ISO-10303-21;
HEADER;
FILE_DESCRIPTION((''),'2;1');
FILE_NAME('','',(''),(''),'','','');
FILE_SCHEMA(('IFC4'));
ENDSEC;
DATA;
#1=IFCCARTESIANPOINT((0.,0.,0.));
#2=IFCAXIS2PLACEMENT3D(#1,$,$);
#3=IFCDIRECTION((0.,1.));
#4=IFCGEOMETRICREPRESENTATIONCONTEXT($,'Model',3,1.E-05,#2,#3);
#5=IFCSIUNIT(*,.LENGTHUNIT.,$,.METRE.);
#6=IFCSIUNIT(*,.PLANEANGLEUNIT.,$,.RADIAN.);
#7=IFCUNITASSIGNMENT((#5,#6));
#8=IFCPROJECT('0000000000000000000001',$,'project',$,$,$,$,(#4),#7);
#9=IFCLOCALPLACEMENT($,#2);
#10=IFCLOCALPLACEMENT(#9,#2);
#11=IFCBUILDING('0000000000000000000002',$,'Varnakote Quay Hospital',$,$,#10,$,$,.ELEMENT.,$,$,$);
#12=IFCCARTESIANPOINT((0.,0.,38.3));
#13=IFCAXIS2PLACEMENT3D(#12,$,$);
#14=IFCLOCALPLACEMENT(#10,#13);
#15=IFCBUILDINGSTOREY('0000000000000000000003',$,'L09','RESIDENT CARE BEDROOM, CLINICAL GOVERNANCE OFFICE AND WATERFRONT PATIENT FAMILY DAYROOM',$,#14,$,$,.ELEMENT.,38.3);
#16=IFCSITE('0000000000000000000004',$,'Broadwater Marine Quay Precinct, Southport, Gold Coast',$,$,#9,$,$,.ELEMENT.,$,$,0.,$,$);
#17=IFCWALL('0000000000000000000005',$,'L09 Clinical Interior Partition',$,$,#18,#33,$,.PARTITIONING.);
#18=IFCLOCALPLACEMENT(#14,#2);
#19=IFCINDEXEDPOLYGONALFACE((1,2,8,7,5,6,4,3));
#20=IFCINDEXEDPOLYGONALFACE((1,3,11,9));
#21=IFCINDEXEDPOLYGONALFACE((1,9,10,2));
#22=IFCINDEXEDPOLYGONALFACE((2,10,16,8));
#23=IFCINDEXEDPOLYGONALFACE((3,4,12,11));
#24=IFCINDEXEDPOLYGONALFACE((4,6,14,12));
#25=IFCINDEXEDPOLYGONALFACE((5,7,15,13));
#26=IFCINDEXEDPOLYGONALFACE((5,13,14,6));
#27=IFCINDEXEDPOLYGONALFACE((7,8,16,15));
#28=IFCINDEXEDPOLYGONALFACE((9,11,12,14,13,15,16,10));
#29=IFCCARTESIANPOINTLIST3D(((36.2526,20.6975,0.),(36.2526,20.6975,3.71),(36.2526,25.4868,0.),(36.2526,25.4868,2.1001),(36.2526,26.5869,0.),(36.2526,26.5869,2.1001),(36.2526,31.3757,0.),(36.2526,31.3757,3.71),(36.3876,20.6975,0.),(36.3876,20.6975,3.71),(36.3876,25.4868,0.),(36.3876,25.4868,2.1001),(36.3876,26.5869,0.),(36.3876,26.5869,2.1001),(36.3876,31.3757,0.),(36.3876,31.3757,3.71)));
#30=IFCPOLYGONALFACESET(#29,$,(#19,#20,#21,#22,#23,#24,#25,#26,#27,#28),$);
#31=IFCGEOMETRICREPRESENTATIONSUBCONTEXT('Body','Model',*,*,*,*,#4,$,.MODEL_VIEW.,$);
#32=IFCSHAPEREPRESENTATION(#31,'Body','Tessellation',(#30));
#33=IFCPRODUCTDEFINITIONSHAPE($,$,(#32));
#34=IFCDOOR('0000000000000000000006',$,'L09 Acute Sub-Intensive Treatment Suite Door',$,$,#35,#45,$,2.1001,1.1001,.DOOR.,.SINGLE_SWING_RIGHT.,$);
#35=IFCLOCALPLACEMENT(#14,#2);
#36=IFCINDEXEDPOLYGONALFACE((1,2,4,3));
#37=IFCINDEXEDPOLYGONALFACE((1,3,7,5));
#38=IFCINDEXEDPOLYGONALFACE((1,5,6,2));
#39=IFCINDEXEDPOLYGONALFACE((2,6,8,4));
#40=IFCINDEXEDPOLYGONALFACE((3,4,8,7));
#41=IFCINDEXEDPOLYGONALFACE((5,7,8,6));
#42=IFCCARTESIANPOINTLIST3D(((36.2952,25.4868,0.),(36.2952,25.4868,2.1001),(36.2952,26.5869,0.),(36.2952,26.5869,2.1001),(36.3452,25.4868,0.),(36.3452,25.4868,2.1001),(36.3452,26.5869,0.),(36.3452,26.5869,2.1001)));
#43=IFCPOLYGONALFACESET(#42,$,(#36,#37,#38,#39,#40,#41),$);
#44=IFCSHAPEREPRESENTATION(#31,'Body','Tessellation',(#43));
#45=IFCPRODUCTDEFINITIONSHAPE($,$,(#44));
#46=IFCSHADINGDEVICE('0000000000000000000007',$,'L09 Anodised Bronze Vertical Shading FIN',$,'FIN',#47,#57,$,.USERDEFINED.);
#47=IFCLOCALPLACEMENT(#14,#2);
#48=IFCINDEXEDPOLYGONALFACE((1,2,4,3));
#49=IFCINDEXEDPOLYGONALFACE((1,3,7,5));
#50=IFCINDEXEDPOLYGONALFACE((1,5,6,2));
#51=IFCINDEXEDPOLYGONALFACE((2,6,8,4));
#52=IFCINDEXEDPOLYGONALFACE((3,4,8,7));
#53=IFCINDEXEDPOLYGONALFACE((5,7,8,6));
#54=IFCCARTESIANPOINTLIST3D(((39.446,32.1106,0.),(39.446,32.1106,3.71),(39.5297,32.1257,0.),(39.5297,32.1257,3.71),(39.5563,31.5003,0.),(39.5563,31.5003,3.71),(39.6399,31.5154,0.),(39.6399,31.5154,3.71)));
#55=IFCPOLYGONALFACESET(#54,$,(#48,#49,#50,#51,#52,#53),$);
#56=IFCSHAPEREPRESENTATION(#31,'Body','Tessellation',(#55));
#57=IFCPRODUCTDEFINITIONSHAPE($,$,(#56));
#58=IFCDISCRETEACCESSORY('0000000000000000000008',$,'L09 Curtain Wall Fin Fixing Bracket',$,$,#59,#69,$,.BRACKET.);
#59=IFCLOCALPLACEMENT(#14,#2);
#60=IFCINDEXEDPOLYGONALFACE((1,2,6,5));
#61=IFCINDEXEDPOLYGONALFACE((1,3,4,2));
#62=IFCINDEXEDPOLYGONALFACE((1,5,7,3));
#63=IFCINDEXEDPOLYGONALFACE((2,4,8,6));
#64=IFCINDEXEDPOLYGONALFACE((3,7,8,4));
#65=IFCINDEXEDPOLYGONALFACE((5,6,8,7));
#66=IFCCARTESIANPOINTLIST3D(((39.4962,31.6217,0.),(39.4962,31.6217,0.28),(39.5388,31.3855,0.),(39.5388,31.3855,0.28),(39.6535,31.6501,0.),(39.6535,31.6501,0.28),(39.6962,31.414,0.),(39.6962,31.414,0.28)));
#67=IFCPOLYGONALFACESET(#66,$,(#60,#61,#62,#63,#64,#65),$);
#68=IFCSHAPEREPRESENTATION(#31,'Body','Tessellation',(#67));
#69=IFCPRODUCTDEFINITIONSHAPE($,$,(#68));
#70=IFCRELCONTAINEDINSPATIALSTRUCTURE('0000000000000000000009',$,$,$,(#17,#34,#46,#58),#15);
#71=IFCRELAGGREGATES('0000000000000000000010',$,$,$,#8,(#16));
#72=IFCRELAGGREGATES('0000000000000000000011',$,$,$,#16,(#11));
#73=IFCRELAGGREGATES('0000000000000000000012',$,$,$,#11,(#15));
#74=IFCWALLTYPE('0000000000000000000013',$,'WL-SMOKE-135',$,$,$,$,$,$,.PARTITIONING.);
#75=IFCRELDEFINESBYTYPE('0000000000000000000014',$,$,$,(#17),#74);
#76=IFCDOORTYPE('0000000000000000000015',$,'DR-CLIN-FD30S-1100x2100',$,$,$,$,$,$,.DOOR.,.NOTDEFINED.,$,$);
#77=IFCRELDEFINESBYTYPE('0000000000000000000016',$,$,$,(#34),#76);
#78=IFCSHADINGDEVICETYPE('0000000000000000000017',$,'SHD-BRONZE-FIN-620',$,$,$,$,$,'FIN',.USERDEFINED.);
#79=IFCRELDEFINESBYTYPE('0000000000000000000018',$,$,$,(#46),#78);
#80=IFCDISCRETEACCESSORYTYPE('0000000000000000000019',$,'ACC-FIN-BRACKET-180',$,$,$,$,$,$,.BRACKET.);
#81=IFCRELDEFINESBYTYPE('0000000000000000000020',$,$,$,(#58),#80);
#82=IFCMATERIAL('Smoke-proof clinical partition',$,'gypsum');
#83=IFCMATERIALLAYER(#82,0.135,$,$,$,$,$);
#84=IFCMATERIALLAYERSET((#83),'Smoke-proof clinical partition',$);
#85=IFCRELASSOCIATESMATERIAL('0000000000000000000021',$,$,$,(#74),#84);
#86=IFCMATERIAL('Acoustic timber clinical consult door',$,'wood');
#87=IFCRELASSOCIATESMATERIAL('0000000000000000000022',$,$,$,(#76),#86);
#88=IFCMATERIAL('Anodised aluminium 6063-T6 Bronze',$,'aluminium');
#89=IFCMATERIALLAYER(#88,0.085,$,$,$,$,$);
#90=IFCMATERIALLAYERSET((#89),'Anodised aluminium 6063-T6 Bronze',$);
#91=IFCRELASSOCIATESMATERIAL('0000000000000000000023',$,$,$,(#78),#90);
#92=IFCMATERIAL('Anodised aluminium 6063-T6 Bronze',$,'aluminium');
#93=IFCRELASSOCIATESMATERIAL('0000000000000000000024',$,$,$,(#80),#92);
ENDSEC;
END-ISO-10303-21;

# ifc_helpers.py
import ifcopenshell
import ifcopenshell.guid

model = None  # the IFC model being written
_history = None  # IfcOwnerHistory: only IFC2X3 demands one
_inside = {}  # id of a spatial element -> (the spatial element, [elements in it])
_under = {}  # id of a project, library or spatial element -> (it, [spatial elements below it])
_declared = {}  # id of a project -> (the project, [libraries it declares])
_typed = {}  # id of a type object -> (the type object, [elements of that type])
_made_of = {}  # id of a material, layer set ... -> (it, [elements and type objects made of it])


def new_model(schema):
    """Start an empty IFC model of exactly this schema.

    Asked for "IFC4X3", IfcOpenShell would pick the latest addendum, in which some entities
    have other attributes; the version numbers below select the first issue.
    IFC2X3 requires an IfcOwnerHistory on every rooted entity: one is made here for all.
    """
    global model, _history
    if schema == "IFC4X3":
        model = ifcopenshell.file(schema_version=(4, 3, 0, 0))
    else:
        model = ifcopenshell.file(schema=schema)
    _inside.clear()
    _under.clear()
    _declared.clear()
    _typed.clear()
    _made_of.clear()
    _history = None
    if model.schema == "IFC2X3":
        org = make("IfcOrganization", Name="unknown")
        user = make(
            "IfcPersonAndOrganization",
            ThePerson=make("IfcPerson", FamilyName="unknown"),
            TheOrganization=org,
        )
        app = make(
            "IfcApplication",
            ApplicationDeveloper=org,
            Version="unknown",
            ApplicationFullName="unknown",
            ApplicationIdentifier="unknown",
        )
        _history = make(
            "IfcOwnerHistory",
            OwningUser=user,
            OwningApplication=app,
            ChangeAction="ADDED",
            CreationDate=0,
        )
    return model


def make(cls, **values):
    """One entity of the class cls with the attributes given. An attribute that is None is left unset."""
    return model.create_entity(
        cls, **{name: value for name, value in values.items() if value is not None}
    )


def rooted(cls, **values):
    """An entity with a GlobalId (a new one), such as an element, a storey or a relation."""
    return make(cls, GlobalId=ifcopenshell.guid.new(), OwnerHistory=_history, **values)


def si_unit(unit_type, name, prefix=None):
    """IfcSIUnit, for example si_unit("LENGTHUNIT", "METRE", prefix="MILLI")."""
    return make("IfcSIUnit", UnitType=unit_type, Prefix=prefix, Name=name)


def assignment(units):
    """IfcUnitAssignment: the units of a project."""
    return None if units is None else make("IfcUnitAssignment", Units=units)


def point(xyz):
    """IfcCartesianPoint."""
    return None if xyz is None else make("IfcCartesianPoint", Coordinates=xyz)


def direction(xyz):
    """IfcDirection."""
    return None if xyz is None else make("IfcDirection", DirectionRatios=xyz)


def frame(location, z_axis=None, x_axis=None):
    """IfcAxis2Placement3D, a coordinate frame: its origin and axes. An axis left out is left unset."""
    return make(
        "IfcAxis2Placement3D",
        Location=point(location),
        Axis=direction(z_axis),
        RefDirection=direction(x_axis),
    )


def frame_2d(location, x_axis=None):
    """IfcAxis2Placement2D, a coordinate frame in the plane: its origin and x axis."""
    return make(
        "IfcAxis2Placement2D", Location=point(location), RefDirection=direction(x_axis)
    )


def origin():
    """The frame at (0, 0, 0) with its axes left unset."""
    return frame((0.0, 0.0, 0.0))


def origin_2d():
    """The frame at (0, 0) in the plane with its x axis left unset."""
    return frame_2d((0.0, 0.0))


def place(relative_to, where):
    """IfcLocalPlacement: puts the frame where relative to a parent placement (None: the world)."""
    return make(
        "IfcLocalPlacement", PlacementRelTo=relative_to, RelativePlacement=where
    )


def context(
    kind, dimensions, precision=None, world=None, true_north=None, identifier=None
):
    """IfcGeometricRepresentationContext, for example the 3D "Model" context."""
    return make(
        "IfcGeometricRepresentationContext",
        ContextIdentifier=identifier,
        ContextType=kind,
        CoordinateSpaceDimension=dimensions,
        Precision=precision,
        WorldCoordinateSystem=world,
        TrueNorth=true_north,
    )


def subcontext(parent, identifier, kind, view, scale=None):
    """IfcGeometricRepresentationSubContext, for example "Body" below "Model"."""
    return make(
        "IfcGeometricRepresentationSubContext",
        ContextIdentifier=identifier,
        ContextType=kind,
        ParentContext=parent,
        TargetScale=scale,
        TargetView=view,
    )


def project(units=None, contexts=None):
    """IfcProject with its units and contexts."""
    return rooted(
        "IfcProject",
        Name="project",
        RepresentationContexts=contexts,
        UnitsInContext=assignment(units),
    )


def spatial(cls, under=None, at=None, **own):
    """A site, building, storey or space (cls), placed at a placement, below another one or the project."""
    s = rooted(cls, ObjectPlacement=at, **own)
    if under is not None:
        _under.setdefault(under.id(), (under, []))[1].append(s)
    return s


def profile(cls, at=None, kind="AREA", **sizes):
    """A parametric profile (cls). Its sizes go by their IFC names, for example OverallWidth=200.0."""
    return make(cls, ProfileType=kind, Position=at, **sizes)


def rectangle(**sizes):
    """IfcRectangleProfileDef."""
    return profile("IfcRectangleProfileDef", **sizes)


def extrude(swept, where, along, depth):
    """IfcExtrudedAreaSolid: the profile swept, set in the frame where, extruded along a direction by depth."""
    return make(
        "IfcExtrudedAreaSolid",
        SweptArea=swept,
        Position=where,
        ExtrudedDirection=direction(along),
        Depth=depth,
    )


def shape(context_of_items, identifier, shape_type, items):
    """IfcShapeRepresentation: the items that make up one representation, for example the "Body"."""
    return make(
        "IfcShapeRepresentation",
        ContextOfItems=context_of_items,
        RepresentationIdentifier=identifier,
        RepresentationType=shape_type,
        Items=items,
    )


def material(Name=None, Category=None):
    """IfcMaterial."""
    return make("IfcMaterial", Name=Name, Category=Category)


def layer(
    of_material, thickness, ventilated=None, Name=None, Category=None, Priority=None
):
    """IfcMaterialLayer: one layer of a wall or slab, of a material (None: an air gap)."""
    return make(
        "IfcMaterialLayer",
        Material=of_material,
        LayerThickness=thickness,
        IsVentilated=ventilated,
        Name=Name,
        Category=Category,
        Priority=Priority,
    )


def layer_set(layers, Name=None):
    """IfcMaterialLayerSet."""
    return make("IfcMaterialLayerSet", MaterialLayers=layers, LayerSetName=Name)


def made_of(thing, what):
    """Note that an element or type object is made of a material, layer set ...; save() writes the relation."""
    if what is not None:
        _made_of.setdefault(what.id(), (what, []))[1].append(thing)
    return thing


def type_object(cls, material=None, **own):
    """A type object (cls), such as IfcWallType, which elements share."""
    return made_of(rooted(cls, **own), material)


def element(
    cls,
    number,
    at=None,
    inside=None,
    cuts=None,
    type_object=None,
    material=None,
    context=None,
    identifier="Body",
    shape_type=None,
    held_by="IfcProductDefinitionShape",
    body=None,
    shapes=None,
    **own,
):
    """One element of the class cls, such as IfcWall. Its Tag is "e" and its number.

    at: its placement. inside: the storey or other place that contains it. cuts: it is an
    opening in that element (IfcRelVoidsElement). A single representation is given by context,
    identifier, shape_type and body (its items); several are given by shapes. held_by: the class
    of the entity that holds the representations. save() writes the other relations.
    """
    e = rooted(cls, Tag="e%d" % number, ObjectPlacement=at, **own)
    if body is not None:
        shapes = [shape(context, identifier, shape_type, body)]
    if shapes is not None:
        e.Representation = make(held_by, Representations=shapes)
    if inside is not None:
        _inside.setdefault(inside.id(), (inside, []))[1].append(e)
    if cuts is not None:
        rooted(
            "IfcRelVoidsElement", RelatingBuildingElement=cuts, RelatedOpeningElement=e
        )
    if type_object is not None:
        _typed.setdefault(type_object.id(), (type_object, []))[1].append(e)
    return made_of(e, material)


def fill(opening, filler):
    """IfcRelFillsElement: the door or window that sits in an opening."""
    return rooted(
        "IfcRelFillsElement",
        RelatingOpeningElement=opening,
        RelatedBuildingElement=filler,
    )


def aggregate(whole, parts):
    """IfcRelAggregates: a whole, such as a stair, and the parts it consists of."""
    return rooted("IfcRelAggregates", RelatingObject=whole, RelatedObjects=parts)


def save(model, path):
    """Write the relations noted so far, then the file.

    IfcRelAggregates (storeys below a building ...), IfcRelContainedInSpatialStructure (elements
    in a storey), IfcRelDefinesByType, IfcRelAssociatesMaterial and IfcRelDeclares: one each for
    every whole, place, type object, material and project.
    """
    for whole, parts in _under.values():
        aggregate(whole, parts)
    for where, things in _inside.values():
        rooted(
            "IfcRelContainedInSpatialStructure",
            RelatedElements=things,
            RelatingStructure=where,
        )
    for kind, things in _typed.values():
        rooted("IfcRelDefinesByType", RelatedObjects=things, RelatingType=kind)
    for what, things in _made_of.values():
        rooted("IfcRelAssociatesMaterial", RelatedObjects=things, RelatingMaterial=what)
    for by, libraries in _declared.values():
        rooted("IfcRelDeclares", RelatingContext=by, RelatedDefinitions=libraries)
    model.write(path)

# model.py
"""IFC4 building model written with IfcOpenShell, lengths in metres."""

from ifc_helpers import new_model, si_unit, direction, frame, frame_2d, origin, origin_2d, place, context, subcontext, project, spatial, rectangle, extrude, material, layer, layer_set, type_object, element, fill, save


model = new_model("IFC4")

# Units and contexts
model_context = context("Model", 3, precision=1e-05, world=origin(), true_north=direction((0.0, 1.0)))
body_context = subcontext(model_context, "Body", "Model", "MODEL_VIEW")
ifc_project = project(units=[si_unit("LENGTHUNIT", "METRE"), si_unit("PLANEANGLEUNIT", "RADIAN")], contexts=[model_context])

# Site, building, storey
site_placement = place(None, origin())
site = spatial("IfcSite", under=ifc_project, at=site_placement, Name="Broadwater Marine Quay Precinct, Southport, Gold Coast", CompositionType="ELEMENT", RefElevation=0.0)
building_placement = place(site_placement, origin())
building = spatial("IfcBuilding", under=site, at=building_placement, Name="Varnakote Quay Hospital", CompositionType="ELEMENT")
storey_placement = place(building_placement, frame((0.0, 0.0, 38.3)))
storey = spatial("IfcBuildingStorey", under=building, at=storey_placement, Name="L09", Description="RESIDENT CARE BEDROOM, CLINICAL GOVERNANCE OFFICE AND WATERFRONT PATIENT FAMILY DAYROOM", CompositionType="ELEMENT", Elevation=38.3)

# Shared definitions
ifc_material_1 = material(Name="Smoke-proof clinical partition", Category="gypsum")
ifc_layer_1 = layer(ifc_material_1, 0.135)
ifc_layer_set_1 = layer_set([ifc_layer_1], Name="Smoke-proof clinical partition")
wall_type_1 = type_object("IfcWallType", Name="WL-SMOKE-135", PredefinedType="PARTITIONING", material=ifc_layer_set_1)

# Wall, opening, door
wall_1_placement = place(storey_placement, frame((36.3201, 20.6975, 0.0), z_axis=(0.0, 0.0, 1.0), x_axis=(0.0, 1.0, 0.0)))
wall_1 = element("IfcWall", 1, at=wall_1_placement, inside=storey, type_object=wall_type_1, Name="L09 Clinical Interior Partition", PredefinedType="PARTITIONING", context=body_context, shape_type="SweptSolid", body=[
    extrude(rectangle(XDim=10.6782, YDim=0.135, at=frame_2d((5.3391, 0.0))), origin(), (0.0, 0.0, 1.0), 3.71),
])
opening_1_placement = place(wall_1_placement, frame((4.7893, 0.0, 0.0)))
opening_1 = element("IfcOpeningElement", 2, at=opening_1_placement, cuts=wall_1, PredefinedType="OPENING", context=body_context, shape_type="SweptSolid", body=[
    extrude(rectangle(XDim=1.1001, YDim=2.1001, at=frame_2d((0.55, 1.05))), frame((0.0, 0.0774, 0.0), z_axis=(0.0, -1.0, 0.0), x_axis=(1.0, 0.0, 0.0)), (0.0, 0.0, 1.0), 0.155),
])
ifc_material_2 = material(Name="Acoustic timber clinical consult door", Category="wood")
door_type = type_object("IfcDoorType", Name="DR-CLIN-FD30S-1100x2100", OperationType="NOTDEFINED", PredefinedType="DOOR", material=ifc_material_2)
door_placement = place(opening_1_placement, origin())
door = element("IfcDoor", 3, at=door_placement, inside=storey, type_object=door_type, Name="L09 Acute Sub-Intensive Treatment Suite Door", OperationType="SINGLE_SWING_RIGHT", OverallHeight=2.1001, OverallWidth=1.1001, PredefinedType="DOOR", context=body_context, shape_type="SweptSolid", body=[
    extrude(rectangle(XDim=1.1001, YDim=2.1001, at=frame_2d((0.55, 1.05))), frame((0.0, 0.0249, 0.0), z_axis=(0.0, -1.0, 0.0), x_axis=(1.0, 0.0, 0.0)), (0.0, 0.0, 1.0), 0.05),
])
fill(opening_1, door)

# Shading device
ifc_material_3 = material(Name="Anodised aluminium 6063-T6 Bronze", Category="aluminium")
ifc_layer_2 = layer(ifc_material_3, 0.085)
ifc_layer_set_2 = layer_set([ifc_layer_2], Name="Anodised aluminium 6063-T6 Bronze")
shading_device_type = type_object("IfcShadingDeviceType", Name="SHD-BRONZE-FIN-620", ElementType="FIN", PredefinedType="USERDEFINED", material=ifc_layer_set_2)
shading_device_placement = place(storey_placement, frame((39.543, 31.813, 0.0), z_axis=(0.0, 0.0, 1.0), x_axis=(0.177772, -0.984072, 0.0)))
element("IfcShadingDevice", 4, at=shading_device_placement, inside=storey, type_object=shading_device_type, Name="L09 Anodised Bronze Vertical Shading FIN", ObjectType="FIN", PredefinedType="USERDEFINED", context=body_context, shape_type="SweptSolid", body=[
    extrude(rectangle(XDim=0.6201, YDim=0.085, at=origin_2d()), origin(), (0.0, 0.0, 1.0), 3.71),
])

# Discrete accessory
ifc_material_4 = material(Name="Anodised aluminium 6063-T6 Bronze", Category="aluminium")
discrete_accessory_type = type_object("IfcDiscreteAccessoryType", Name="ACC-FIN-BRACKET-180", PredefinedType="BRACKET", material=ifc_material_4)
discrete_accessory_placement = place(storey_placement, frame((39.5962, 31.5178, 0.0), z_axis=(0.0, 0.0, 1.0), x_axis=(-0.984072, -0.177772, 0.0)))
element("IfcDiscreteAccessory", 5, at=discrete_accessory_placement, inside=storey, type_object=discrete_accessory_type, Name="L09 Curtain Wall Fin Fixing Bracket", PredefinedType="BRACKET", context=body_context, shape_type="SweptSolid", body=[
    extrude(rectangle(XDim=0.1599, YDim=0.24, at=origin_2d()), origin(), (0.0, 0.0, 1.0), 0.28),
])

save(model, "model.ifc")
